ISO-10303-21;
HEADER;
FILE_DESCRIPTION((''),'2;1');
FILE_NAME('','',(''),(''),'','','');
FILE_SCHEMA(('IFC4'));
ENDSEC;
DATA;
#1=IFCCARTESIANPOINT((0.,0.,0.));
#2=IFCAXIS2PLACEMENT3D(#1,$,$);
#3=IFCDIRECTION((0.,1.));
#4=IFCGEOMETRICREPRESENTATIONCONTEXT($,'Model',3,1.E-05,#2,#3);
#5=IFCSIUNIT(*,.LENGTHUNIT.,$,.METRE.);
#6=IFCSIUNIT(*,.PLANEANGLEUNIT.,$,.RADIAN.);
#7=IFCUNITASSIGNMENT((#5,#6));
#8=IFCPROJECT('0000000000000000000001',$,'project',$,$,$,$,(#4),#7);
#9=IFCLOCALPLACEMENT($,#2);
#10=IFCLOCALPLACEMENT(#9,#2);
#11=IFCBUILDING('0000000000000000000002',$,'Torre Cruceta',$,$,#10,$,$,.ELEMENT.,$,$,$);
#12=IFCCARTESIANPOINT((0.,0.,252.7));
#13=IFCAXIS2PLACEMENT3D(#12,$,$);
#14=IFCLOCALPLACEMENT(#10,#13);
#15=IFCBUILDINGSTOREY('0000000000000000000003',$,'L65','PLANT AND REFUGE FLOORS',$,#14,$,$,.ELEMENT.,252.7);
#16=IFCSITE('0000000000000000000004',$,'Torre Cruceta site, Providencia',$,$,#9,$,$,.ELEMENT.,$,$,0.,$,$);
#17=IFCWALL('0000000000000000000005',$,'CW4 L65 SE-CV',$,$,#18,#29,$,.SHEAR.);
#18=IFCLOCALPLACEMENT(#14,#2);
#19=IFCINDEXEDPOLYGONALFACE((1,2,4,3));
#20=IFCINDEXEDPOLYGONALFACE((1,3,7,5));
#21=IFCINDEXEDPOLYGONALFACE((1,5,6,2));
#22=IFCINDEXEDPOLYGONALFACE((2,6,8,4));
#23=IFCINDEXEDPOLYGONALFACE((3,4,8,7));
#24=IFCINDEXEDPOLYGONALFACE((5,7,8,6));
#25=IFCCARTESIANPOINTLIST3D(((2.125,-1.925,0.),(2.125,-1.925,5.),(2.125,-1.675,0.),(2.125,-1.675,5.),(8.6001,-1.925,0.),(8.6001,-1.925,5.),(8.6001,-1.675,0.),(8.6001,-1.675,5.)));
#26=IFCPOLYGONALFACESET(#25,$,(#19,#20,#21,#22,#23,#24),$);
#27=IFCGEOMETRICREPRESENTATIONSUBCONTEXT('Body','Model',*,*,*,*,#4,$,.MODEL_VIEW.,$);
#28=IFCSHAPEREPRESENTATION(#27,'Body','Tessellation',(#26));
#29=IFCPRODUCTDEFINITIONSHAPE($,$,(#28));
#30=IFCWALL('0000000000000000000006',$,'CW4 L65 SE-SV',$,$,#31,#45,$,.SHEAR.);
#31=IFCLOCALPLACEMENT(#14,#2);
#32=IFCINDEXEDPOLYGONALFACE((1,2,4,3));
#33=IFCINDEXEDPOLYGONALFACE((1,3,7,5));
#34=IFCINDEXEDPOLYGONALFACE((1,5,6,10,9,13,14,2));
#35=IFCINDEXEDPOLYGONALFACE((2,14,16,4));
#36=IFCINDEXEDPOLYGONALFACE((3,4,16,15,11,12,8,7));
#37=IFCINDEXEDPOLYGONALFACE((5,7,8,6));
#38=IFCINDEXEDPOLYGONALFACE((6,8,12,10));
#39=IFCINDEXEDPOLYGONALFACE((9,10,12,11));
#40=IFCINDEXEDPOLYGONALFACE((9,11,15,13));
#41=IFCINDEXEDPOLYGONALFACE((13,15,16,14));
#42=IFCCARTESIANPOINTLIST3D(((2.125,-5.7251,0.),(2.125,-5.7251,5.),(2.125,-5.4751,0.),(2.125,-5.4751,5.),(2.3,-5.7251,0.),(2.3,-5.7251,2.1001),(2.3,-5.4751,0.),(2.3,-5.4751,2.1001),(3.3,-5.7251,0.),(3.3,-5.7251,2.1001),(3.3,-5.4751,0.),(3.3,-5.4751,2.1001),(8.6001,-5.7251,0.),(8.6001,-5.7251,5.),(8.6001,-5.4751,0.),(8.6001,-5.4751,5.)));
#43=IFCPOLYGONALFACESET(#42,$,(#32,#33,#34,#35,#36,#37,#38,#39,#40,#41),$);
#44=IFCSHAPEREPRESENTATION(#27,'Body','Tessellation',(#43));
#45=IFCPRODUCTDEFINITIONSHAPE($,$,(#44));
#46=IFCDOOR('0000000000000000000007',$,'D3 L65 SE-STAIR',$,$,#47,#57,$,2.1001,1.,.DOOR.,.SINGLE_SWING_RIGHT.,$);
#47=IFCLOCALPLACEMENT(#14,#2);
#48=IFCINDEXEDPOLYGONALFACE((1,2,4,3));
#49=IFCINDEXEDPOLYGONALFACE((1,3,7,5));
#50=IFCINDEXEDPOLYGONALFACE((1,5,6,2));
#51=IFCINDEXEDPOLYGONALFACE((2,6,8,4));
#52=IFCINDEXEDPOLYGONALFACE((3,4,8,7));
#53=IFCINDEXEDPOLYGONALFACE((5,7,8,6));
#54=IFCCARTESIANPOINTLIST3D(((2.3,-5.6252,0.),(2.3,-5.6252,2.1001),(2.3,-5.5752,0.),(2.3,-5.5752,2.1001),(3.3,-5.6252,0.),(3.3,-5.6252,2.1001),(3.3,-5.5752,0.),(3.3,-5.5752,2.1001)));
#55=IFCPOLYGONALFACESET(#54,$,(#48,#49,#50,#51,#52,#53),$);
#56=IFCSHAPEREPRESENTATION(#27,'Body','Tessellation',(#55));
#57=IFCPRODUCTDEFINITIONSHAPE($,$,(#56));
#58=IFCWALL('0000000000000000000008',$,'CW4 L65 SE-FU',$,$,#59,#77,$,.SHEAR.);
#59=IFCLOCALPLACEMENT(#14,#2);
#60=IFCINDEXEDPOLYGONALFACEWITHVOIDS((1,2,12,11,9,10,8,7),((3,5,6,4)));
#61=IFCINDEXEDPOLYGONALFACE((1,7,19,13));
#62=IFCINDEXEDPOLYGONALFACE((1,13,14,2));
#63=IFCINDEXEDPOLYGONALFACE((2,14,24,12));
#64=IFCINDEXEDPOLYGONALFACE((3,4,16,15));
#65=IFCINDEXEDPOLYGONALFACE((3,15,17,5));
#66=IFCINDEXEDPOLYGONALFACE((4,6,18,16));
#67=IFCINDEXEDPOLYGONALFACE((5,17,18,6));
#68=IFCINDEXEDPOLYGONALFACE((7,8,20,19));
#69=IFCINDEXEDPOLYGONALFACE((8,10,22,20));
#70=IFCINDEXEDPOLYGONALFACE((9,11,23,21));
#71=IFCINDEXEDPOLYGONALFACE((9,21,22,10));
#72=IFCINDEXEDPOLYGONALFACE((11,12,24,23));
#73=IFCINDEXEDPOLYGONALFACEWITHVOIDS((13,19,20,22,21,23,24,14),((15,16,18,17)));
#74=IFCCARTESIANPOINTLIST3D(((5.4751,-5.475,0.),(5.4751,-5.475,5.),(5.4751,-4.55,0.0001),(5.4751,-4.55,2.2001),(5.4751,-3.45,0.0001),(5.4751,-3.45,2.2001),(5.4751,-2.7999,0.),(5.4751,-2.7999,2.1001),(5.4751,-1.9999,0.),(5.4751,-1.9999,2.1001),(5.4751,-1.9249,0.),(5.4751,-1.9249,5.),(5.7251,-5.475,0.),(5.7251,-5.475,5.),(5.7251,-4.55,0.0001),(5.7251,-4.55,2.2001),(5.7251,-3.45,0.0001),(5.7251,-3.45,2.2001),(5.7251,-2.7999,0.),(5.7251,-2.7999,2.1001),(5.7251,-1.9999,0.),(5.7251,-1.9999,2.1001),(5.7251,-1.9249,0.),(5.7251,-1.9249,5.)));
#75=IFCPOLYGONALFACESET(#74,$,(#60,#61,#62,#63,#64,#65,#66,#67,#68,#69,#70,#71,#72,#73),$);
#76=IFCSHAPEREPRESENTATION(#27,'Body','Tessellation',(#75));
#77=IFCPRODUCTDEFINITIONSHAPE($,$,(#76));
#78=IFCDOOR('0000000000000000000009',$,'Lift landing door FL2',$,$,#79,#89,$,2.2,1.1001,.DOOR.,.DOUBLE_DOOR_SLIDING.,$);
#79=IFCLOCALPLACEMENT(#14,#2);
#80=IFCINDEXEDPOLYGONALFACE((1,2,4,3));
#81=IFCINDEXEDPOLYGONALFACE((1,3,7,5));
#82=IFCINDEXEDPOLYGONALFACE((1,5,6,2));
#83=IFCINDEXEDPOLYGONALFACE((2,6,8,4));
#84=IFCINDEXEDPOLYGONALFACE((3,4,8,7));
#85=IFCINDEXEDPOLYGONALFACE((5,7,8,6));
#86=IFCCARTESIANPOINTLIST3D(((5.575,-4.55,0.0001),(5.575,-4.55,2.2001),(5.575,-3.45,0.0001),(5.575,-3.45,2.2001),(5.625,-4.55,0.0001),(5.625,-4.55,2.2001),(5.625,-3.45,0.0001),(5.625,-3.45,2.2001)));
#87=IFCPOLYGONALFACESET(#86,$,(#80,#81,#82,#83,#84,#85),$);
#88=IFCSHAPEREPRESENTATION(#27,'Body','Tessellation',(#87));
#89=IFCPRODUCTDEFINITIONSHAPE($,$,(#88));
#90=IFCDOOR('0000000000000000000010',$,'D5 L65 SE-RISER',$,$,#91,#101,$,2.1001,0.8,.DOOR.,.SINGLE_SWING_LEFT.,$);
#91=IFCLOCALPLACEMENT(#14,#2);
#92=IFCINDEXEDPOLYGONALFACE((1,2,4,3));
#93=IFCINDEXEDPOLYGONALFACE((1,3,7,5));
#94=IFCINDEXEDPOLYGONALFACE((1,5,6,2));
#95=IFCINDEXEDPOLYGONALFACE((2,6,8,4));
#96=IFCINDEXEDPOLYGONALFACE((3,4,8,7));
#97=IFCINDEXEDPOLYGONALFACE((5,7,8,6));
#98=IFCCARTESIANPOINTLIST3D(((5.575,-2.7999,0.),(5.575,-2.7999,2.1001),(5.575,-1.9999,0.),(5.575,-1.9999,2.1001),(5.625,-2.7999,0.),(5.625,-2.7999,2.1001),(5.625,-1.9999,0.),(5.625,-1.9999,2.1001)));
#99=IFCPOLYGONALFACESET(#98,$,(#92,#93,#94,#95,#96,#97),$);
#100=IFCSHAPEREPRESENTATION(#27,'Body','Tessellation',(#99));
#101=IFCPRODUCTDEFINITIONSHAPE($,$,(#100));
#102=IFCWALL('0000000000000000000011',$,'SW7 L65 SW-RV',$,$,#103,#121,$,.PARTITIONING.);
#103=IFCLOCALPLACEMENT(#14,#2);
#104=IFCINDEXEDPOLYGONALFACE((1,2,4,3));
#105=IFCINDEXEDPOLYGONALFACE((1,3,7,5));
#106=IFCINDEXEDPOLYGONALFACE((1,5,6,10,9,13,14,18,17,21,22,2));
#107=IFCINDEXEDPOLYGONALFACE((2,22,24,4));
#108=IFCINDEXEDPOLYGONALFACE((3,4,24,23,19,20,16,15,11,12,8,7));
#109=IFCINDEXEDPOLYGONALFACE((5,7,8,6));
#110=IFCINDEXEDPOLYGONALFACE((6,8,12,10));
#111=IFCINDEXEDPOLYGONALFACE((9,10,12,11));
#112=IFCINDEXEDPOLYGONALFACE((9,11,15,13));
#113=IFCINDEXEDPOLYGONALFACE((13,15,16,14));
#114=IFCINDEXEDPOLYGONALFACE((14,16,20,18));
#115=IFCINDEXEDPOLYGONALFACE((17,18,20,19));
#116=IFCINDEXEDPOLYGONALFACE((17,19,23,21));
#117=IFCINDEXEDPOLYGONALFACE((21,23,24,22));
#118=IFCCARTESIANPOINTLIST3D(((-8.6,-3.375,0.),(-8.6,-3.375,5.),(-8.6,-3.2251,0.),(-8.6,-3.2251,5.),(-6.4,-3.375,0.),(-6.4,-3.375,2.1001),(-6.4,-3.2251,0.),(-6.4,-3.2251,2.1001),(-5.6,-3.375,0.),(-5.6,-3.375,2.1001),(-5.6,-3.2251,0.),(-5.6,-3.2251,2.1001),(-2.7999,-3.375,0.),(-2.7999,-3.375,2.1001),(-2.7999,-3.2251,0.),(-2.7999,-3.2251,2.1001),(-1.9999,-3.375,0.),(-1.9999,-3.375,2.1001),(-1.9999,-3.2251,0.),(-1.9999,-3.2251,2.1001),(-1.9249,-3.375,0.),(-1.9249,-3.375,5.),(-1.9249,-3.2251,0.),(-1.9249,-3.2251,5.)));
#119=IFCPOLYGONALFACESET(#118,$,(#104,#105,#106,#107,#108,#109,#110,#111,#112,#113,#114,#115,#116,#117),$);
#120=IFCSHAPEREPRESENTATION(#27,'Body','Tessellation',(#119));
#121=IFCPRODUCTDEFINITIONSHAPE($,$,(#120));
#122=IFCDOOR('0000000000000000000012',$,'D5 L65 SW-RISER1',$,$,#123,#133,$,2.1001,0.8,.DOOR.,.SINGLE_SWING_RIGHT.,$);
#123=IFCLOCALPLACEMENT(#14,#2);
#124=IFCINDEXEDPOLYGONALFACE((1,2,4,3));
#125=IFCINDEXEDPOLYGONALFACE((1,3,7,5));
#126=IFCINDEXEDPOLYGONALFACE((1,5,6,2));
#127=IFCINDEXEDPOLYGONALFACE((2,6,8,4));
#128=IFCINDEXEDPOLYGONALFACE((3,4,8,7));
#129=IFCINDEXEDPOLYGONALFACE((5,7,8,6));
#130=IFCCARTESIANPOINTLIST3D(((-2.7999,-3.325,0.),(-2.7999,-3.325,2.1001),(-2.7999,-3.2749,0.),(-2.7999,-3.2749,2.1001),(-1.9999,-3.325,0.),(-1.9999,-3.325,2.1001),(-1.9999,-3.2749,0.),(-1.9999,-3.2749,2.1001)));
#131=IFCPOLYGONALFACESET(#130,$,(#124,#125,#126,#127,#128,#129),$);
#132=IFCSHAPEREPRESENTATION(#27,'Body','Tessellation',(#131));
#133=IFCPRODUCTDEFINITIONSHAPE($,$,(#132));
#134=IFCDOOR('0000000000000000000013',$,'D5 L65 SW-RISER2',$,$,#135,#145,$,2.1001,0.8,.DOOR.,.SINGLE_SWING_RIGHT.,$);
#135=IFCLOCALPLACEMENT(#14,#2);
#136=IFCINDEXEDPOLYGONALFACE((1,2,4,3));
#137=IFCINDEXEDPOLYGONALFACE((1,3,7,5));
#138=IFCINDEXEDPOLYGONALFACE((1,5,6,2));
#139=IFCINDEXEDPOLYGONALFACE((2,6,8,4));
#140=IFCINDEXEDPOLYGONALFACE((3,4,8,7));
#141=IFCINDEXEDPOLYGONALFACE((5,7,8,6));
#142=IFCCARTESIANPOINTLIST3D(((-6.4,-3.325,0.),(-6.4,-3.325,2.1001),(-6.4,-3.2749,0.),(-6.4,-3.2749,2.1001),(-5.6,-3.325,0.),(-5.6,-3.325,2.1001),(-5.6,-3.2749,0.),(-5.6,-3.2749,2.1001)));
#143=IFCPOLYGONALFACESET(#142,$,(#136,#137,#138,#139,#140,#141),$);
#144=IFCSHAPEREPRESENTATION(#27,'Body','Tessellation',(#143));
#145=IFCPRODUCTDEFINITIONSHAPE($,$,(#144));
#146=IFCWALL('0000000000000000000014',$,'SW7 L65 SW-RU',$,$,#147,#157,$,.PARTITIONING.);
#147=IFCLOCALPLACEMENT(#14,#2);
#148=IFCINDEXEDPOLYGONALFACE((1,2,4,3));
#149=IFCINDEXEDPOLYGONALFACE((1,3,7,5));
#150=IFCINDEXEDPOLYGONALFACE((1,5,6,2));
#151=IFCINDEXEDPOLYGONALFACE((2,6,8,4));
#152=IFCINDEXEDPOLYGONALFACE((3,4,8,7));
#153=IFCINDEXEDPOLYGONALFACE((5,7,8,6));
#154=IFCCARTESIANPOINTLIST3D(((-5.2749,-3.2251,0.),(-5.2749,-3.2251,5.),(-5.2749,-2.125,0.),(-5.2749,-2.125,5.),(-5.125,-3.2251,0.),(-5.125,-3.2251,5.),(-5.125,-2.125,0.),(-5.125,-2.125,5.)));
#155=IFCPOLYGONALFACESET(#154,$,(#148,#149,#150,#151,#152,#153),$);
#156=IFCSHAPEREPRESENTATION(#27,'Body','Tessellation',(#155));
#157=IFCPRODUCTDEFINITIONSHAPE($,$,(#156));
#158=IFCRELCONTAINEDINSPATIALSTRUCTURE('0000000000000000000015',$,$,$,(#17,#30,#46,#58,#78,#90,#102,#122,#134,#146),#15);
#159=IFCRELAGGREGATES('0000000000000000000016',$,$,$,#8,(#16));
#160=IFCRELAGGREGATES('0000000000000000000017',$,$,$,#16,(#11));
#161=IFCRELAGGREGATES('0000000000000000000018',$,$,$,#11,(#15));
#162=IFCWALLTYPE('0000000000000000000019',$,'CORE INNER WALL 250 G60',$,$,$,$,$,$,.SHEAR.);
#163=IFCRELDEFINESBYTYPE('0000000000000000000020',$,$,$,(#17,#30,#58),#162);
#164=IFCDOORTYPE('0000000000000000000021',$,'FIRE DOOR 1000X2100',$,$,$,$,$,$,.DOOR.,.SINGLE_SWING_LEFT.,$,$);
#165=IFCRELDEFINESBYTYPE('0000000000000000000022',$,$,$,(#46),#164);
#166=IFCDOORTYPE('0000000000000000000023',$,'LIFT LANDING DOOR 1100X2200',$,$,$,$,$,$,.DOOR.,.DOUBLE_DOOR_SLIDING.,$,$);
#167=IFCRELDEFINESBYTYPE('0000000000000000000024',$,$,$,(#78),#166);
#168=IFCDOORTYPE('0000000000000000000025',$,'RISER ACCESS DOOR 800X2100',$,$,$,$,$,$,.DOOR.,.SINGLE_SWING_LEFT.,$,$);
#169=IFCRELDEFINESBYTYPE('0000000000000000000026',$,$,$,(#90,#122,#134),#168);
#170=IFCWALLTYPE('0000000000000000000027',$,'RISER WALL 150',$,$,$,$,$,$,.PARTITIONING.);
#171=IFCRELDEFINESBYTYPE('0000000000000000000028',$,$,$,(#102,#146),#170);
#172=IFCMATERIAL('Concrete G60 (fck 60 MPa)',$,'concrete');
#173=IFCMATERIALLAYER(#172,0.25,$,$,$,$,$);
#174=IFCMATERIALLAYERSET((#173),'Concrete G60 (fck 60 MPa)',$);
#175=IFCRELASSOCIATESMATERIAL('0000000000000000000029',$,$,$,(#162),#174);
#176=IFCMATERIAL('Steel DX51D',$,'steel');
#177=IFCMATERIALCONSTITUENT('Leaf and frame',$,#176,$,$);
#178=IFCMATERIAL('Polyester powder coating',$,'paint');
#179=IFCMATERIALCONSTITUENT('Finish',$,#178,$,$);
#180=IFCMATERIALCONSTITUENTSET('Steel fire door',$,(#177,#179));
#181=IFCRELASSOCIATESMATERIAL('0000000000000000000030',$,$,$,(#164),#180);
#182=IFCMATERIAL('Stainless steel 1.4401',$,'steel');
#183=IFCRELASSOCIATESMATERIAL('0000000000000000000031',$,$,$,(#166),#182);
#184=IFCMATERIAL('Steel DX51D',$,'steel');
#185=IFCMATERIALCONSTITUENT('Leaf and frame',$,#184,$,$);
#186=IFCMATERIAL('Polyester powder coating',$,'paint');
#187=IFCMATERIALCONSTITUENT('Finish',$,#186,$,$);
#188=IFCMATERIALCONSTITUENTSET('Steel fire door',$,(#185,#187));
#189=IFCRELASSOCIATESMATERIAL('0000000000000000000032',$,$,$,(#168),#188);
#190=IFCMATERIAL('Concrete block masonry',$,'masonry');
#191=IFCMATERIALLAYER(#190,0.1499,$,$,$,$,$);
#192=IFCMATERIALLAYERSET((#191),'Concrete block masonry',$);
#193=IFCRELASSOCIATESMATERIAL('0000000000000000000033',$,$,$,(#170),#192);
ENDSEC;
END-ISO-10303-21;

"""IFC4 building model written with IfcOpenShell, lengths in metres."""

from ifc_helpers import new_model, si_unit, direction, frame, frame_2d, origin, place, context, subcontext, project, spatial, rectangle, extrude, material, layer, layer_set, constituent, constituent_set, type_object, element, fill, save


model = new_model("IFC4")

# Units and contexts
model_context = context("Model", 3, precision=1e-05, world=origin(), true_north=direction((0.0, 1.0)))
body_context = subcontext(model_context, "Body", "Model", "MODEL_VIEW")
ifc_project = project(units=[si_unit("LENGTHUNIT", "METRE"), si_unit("PLANEANGLEUNIT", "RADIAN")], contexts=[model_context])

# Site, building, storey
site_placement = place(None, origin())
site = spatial("IfcSite", under=ifc_project, at=site_placement, Name="Torre Cruceta site, Providencia", CompositionType="ELEMENT", RefElevation=0.0)
building_placement = place(site_placement, origin())
building = spatial("IfcBuilding", under=site, at=building_placement, Name="Torre Cruceta", CompositionType="ELEMENT")
storey_placement = place(building_placement, frame((0.0, 0.0, 252.7)))
storey = spatial("IfcBuildingStorey", under=building, at=storey_placement, Name="L65", Description="PLANT AND REFUGE FLOORS", CompositionType="ELEMENT", Elevation=252.7)

# Shared definitions
ifc_material_1 = material(Name="Concrete G60 (fck 60 MPa)", Category="concrete")
ifc_layer_1 = layer(ifc_material_1, 0.25)
ifc_layer_set_1 = layer_set([ifc_layer_1], Name="Concrete G60 (fck 60 MPa)")
wall_type_1 = type_object("IfcWallType", Name="CORE INNER WALL 250 G60", PredefinedType="SHEAR", material=ifc_layer_set_1)

# Shared definitions
ifc_material_2 = material(Name="Steel DX51D", Category="steel")
ifc_constituent_1 = constituent(ifc_material_2, Name="Leaf and frame")
ifc_material_3 = material(Name="Polyester powder coating", Category="paint")
ifc_constituent_2 = constituent(ifc_material_3, Name="Finish")
ifc_constituent_set_1 = constituent_set(constituents=[ifc_constituent_1, ifc_constituent_2], Name="Steel fire door")
door_type_1 = type_object("IfcDoorType", Name="FIRE DOOR 1000X2100", OperationType="SINGLE_SWING_LEFT", PredefinedType="DOOR", material=ifc_constituent_set_1)

# Wall
wall_1_placement = place(storey_placement, frame((2.125, -1.8, 0.0), z_axis=(0.0, 0.0, 1.0), x_axis=(1.0, 0.0, 0.0)))
element("IfcWall", 1, at=wall_1_placement, inside=storey, type_object=wall_type_1, Name="CW4 L65 SE-CV", PredefinedType="SHEAR", context=body_context, shape_type="SweptSolid", body=[
    extrude(rectangle(XDim=6.4751, YDim=0.25, at=frame_2d((3.2375, 0.0))), origin(), (0.0, 0.0, 1.0), 5.0),
])

# Wall, opening, door
wall_2_placement = place(storey_placement, frame((2.125, -5.6001, 0.0), z_axis=(0.0, 0.0, 1.0), x_axis=(1.0, 0.0, 0.0)))
wall_2 = element("IfcWall", 2, at=wall_2_placement, inside=storey, type_object=wall_type_1, Name="CW4 L65 SE-SV", PredefinedType="SHEAR", context=body_context, shape_type="SweptSolid", body=[
    extrude(rectangle(XDim=6.4751, YDim=0.25, at=frame_2d((3.2375, 0.0))), origin(), (0.0, 0.0, 1.0), 5.0),
])
opening_1_placement = place(wall_2_placement, frame((0.175, 0.0, 0.0)))
opening_1 = element("IfcOpeningElement", 3, at=opening_1_placement, cuts=wall_2, PredefinedType="OPENING", context=body_context, shape_type="SweptSolid", body=[
    extrude(rectangle(XDim=1.0, YDim=2.1001, at=frame_2d((0.5, 1.05))), frame((0.0, 0.135, 0.0), z_axis=(0.0, -1.0, 0.0), x_axis=(1.0, 0.0, 0.0)), (0.0, 0.0, 1.0), 0.27),
])
door_1_placement = place(opening_1_placement, frame((1.0, 0.0, 0.0), z_axis=(0.0, 0.0, 1.0), x_axis=(-1.0, 0.0, 0.0)))
door_1 = element("IfcDoor", 4, at=door_1_placement, inside=storey, type_object=door_type_1, Name="D3 L65 SE-STAIR", OperationType="SINGLE_SWING_RIGHT", OverallHeight=2.1001, OverallWidth=1.0, PredefinedType="DOOR", context=body_context, shape_type="SweptSolid", body=[
    extrude(rectangle(XDim=1.0, YDim=2.1001, at=frame_2d((0.5, 1.05))), frame((0.0, 0.0251, 0.0), z_axis=(0.0, -1.0, 0.0), x_axis=(1.0, 0.0, 0.0)), (0.0, 0.0, 1.0), 0.05),
])
fill(opening_1, door_1)

# Walls, openings, doors
wall_3_placement = place(storey_placement, frame((5.6001, -1.925, 0.0), z_axis=(0.0, 0.0, 1.0), x_axis=(0.0, -1.0, 0.0)))
wall_3 = element("IfcWall", 5, at=wall_3_placement, inside=storey, type_object=wall_type_1, Name="CW4 L65 SE-FU", PredefinedType="SHEAR", context=body_context, shape_type="SweptSolid", body=[
    extrude(rectangle(XDim=3.55, YDim=0.25, at=frame_2d((1.7749, 0.0))), origin(), (0.0, 0.0, 1.0), 5.0),
])
opening_2_placement = place(wall_3_placement, frame((1.5249, 0.0, 0.0)))
opening_2 = element("IfcOpeningElement", 6, at=opening_2_placement, cuts=wall_3, PredefinedType="OPENING", context=body_context, shape_type="SweptSolid", body=[
    extrude(rectangle(XDim=1.1001, YDim=2.2, at=frame_2d((0.55, 1.1001))), frame((0.0, 0.135, 0.0), z_axis=(0.0, -1.0, 0.0), x_axis=(1.0, 0.0, 0.0)), (0.0, 0.0, 1.0), 0.27),
])
opening_3_placement = place(wall_3_placement, frame((0.075, 0.0, 0.0)))
opening_3 = element("IfcOpeningElement", 7, at=opening_3_placement, cuts=wall_3, PredefinedType="OPENING", context=body_context, shape_type="SweptSolid", body=[
    extrude(rectangle(XDim=0.8, YDim=2.1001, at=frame_2d((0.3999, 1.05))), frame((0.0, 0.135, 0.0), z_axis=(0.0, -1.0, 0.0), x_axis=(1.0, 0.0, 0.0)), (0.0, 0.0, 1.0), 0.27),
])
ifc_material_4 = material(Name="Stainless steel 1.4401", Category="steel")
door_type_2 = type_object("IfcDoorType", Name="LIFT LANDING DOOR 1100X2200", OperationType="DOUBLE_DOOR_SLIDING", PredefinedType="DOOR", material=ifc_material_4)
door_2_placement = place(opening_2_placement, origin())
door_2 = element("IfcDoor", 8, at=door_2_placement, inside=storey, type_object=door_type_2, Name="Lift landing door FL2", OperationType="DOUBLE_DOOR_SLIDING", OverallHeight=2.2, OverallWidth=1.1001, PredefinedType="DOOR", context=body_context, shape_type="SweptSolid", body=[
    extrude(rectangle(XDim=1.1001, YDim=2.2, at=frame_2d((0.55, 1.1001))), frame((0.0, 0.0249, 0.0), z_axis=(0.0, -1.0, 0.0), x_axis=(1.0, 0.0, 0.0)), (0.0, 0.0, 1.0), 0.05),
])
fill(opening_2, door_2)
ifc_material_5 = material(Name="Steel DX51D", Category="steel")
ifc_constituent_3 = constituent(ifc_material_5, Name="Leaf and frame")
ifc_material_6 = material(Name="Polyester powder coating", Category="paint")
ifc_constituent_4 = constituent(ifc_material_6, Name="Finish")
ifc_constituent_set_2 = constituent_set(constituents=[ifc_constituent_3, ifc_constituent_4], Name="Steel fire door")
door_type_3 = type_object("IfcDoorType", Name="RISER ACCESS DOOR 800X2100", OperationType="SINGLE_SWING_LEFT", PredefinedType="DOOR", material=ifc_constituent_set_2)
door_3_placement = place(opening_3_placement, origin())
door_3 = element("IfcDoor", 9, at=door_3_placement, inside=storey, type_object=door_type_3, Name="D5 L65 SE-RISER", OperationType="SINGLE_SWING_LEFT", OverallHeight=2.1001, OverallWidth=0.8, PredefinedType="DOOR", context=body_context, shape_type="SweptSolid", body=[
    extrude(rectangle(XDim=0.8, YDim=2.1001, at=frame_2d((0.3999, 1.05))), frame((0.0, 0.0249, 0.0), z_axis=(0.0, -1.0, 0.0), x_axis=(1.0, 0.0, 0.0)), (0.0, 0.0, 1.0), 0.05),
])
fill(opening_3, door_3)
ifc_material_7 = material(Name="Concrete block masonry", Category="masonry")
ifc_layer_2 = layer(ifc_material_7, 0.1499)
ifc_layer_set_2 = layer_set([ifc_layer_2], Name="Concrete block masonry")
wall_type_2 = type_object("IfcWallType", Name="RISER WALL 150", PredefinedType="PARTITIONING", material=ifc_layer_set_2)
wall_4_placement = place(storey_placement, frame((-1.925, -3.3, 0.0), z_axis=(0.0, 0.0, 1.0), x_axis=(-1.0, 0.0, 0.0)))
wall_4 = element("IfcWall", 10, at=wall_4_placement, inside=storey, type_object=wall_type_2, Name="SW7 L65 SW-RV", PredefinedType="PARTITIONING", context=body_context, shape_type="SweptSolid", body=[
    extrude(rectangle(XDim=6.675, YDim=0.1499, at=frame_2d((3.3374, 0.0))), origin(), (0.0, 0.0, 1.0), 5.0),
])
opening_4_placement = place(wall_4_placement, frame((0.075, 0.0, 0.0)))
opening_4 = element("IfcOpeningElement", 11, at=opening_4_placement, cuts=wall_4, PredefinedType="OPENING", context=body_context, shape_type="SweptSolid", body=[
    extrude(rectangle(XDim=0.8, YDim=2.1001, at=frame_2d((0.3999, 1.05))), frame((0.0, 0.085, 0.0), z_axis=(0.0, -1.0, 0.0), x_axis=(1.0, 0.0, 0.0)), (0.0, 0.0, 1.0), 0.1699),
])
opening_5_placement = place(wall_4_placement, frame((3.675, 0.0, 0.0)))
opening_5 = element("IfcOpeningElement", 12, at=opening_5_placement, cuts=wall_4, PredefinedType="OPENING", context=body_context, shape_type="SweptSolid", body=[
    extrude(rectangle(XDim=0.8, YDim=2.1001, at=frame_2d((0.3999, 1.05))), frame((0.0, 0.085, 0.0), z_axis=(0.0, -1.0, 0.0), x_axis=(1.0, 0.0, 0.0)), (0.0, 0.0, 1.0), 0.1699),
])
door_4_placement = place(opening_4_placement, frame((0.8, 0.0, 0.0), z_axis=(0.0, 0.0, 1.0), x_axis=(-1.0, 0.0, 0.0)))
door_4 = element("IfcDoor", 13, at=door_4_placement, inside=storey, type_object=door_type_3, Name="D5 L65 SW-RISER1", OperationType="SINGLE_SWING_RIGHT", OverallHeight=2.1001, OverallWidth=0.8, PredefinedType="DOOR", context=body_context, shape_type="SweptSolid", body=[
    extrude(rectangle(XDim=0.8, YDim=2.1001, at=frame_2d((0.4001, 1.05))), frame((0.0, 0.0251, 0.0), z_axis=(0.0, -1.0, 0.0), x_axis=(1.0, 0.0, 0.0)), (0.0, 0.0, 1.0), 0.05),
])
fill(opening_4, door_4)
door_5_placement = place(opening_5_placement, frame((0.8, 0.0, 0.0), z_axis=(0.0, 0.0, 1.0), x_axis=(-1.0, 0.0, 0.0)))
door_5 = element("IfcDoor", 14, at=door_5_placement, inside=storey, type_object=door_type_3, Name="D5 L65 SW-RISER2", OperationType="SINGLE_SWING_RIGHT", OverallHeight=2.1001, OverallWidth=0.8, PredefinedType="DOOR", context=body_context, shape_type="SweptSolid", body=[
    extrude(rectangle(XDim=0.8, YDim=2.1001, at=frame_2d((0.4001, 1.05))), frame((0.0, 0.0251, 0.0), z_axis=(0.0, -1.0, 0.0), x_axis=(1.0, 0.0, 0.0)), (0.0, 0.0, 1.0), 0.05),
])
fill(opening_5, door_5)

# Wall
wall_5_placement = place(storey_placement, frame((-5.2, -2.125, 0.0), z_axis=(0.0, 0.0, 1.0), x_axis=(0.0, -1.0, 0.0)))
element("IfcWall", 15, at=wall_5_placement, inside=storey, type_object=wall_type_2, Name="SW7 L65 SW-RU", PredefinedType="PARTITIONING", context=body_context, shape_type="SweptSolid", body=[
    extrude(rectangle(XDim=1.1001, YDim=0.1499, at=frame_2d((0.55, 0.0))), origin(), (0.0, 0.0, 1.0), 5.0),
])

save(model, "model.ifc")
